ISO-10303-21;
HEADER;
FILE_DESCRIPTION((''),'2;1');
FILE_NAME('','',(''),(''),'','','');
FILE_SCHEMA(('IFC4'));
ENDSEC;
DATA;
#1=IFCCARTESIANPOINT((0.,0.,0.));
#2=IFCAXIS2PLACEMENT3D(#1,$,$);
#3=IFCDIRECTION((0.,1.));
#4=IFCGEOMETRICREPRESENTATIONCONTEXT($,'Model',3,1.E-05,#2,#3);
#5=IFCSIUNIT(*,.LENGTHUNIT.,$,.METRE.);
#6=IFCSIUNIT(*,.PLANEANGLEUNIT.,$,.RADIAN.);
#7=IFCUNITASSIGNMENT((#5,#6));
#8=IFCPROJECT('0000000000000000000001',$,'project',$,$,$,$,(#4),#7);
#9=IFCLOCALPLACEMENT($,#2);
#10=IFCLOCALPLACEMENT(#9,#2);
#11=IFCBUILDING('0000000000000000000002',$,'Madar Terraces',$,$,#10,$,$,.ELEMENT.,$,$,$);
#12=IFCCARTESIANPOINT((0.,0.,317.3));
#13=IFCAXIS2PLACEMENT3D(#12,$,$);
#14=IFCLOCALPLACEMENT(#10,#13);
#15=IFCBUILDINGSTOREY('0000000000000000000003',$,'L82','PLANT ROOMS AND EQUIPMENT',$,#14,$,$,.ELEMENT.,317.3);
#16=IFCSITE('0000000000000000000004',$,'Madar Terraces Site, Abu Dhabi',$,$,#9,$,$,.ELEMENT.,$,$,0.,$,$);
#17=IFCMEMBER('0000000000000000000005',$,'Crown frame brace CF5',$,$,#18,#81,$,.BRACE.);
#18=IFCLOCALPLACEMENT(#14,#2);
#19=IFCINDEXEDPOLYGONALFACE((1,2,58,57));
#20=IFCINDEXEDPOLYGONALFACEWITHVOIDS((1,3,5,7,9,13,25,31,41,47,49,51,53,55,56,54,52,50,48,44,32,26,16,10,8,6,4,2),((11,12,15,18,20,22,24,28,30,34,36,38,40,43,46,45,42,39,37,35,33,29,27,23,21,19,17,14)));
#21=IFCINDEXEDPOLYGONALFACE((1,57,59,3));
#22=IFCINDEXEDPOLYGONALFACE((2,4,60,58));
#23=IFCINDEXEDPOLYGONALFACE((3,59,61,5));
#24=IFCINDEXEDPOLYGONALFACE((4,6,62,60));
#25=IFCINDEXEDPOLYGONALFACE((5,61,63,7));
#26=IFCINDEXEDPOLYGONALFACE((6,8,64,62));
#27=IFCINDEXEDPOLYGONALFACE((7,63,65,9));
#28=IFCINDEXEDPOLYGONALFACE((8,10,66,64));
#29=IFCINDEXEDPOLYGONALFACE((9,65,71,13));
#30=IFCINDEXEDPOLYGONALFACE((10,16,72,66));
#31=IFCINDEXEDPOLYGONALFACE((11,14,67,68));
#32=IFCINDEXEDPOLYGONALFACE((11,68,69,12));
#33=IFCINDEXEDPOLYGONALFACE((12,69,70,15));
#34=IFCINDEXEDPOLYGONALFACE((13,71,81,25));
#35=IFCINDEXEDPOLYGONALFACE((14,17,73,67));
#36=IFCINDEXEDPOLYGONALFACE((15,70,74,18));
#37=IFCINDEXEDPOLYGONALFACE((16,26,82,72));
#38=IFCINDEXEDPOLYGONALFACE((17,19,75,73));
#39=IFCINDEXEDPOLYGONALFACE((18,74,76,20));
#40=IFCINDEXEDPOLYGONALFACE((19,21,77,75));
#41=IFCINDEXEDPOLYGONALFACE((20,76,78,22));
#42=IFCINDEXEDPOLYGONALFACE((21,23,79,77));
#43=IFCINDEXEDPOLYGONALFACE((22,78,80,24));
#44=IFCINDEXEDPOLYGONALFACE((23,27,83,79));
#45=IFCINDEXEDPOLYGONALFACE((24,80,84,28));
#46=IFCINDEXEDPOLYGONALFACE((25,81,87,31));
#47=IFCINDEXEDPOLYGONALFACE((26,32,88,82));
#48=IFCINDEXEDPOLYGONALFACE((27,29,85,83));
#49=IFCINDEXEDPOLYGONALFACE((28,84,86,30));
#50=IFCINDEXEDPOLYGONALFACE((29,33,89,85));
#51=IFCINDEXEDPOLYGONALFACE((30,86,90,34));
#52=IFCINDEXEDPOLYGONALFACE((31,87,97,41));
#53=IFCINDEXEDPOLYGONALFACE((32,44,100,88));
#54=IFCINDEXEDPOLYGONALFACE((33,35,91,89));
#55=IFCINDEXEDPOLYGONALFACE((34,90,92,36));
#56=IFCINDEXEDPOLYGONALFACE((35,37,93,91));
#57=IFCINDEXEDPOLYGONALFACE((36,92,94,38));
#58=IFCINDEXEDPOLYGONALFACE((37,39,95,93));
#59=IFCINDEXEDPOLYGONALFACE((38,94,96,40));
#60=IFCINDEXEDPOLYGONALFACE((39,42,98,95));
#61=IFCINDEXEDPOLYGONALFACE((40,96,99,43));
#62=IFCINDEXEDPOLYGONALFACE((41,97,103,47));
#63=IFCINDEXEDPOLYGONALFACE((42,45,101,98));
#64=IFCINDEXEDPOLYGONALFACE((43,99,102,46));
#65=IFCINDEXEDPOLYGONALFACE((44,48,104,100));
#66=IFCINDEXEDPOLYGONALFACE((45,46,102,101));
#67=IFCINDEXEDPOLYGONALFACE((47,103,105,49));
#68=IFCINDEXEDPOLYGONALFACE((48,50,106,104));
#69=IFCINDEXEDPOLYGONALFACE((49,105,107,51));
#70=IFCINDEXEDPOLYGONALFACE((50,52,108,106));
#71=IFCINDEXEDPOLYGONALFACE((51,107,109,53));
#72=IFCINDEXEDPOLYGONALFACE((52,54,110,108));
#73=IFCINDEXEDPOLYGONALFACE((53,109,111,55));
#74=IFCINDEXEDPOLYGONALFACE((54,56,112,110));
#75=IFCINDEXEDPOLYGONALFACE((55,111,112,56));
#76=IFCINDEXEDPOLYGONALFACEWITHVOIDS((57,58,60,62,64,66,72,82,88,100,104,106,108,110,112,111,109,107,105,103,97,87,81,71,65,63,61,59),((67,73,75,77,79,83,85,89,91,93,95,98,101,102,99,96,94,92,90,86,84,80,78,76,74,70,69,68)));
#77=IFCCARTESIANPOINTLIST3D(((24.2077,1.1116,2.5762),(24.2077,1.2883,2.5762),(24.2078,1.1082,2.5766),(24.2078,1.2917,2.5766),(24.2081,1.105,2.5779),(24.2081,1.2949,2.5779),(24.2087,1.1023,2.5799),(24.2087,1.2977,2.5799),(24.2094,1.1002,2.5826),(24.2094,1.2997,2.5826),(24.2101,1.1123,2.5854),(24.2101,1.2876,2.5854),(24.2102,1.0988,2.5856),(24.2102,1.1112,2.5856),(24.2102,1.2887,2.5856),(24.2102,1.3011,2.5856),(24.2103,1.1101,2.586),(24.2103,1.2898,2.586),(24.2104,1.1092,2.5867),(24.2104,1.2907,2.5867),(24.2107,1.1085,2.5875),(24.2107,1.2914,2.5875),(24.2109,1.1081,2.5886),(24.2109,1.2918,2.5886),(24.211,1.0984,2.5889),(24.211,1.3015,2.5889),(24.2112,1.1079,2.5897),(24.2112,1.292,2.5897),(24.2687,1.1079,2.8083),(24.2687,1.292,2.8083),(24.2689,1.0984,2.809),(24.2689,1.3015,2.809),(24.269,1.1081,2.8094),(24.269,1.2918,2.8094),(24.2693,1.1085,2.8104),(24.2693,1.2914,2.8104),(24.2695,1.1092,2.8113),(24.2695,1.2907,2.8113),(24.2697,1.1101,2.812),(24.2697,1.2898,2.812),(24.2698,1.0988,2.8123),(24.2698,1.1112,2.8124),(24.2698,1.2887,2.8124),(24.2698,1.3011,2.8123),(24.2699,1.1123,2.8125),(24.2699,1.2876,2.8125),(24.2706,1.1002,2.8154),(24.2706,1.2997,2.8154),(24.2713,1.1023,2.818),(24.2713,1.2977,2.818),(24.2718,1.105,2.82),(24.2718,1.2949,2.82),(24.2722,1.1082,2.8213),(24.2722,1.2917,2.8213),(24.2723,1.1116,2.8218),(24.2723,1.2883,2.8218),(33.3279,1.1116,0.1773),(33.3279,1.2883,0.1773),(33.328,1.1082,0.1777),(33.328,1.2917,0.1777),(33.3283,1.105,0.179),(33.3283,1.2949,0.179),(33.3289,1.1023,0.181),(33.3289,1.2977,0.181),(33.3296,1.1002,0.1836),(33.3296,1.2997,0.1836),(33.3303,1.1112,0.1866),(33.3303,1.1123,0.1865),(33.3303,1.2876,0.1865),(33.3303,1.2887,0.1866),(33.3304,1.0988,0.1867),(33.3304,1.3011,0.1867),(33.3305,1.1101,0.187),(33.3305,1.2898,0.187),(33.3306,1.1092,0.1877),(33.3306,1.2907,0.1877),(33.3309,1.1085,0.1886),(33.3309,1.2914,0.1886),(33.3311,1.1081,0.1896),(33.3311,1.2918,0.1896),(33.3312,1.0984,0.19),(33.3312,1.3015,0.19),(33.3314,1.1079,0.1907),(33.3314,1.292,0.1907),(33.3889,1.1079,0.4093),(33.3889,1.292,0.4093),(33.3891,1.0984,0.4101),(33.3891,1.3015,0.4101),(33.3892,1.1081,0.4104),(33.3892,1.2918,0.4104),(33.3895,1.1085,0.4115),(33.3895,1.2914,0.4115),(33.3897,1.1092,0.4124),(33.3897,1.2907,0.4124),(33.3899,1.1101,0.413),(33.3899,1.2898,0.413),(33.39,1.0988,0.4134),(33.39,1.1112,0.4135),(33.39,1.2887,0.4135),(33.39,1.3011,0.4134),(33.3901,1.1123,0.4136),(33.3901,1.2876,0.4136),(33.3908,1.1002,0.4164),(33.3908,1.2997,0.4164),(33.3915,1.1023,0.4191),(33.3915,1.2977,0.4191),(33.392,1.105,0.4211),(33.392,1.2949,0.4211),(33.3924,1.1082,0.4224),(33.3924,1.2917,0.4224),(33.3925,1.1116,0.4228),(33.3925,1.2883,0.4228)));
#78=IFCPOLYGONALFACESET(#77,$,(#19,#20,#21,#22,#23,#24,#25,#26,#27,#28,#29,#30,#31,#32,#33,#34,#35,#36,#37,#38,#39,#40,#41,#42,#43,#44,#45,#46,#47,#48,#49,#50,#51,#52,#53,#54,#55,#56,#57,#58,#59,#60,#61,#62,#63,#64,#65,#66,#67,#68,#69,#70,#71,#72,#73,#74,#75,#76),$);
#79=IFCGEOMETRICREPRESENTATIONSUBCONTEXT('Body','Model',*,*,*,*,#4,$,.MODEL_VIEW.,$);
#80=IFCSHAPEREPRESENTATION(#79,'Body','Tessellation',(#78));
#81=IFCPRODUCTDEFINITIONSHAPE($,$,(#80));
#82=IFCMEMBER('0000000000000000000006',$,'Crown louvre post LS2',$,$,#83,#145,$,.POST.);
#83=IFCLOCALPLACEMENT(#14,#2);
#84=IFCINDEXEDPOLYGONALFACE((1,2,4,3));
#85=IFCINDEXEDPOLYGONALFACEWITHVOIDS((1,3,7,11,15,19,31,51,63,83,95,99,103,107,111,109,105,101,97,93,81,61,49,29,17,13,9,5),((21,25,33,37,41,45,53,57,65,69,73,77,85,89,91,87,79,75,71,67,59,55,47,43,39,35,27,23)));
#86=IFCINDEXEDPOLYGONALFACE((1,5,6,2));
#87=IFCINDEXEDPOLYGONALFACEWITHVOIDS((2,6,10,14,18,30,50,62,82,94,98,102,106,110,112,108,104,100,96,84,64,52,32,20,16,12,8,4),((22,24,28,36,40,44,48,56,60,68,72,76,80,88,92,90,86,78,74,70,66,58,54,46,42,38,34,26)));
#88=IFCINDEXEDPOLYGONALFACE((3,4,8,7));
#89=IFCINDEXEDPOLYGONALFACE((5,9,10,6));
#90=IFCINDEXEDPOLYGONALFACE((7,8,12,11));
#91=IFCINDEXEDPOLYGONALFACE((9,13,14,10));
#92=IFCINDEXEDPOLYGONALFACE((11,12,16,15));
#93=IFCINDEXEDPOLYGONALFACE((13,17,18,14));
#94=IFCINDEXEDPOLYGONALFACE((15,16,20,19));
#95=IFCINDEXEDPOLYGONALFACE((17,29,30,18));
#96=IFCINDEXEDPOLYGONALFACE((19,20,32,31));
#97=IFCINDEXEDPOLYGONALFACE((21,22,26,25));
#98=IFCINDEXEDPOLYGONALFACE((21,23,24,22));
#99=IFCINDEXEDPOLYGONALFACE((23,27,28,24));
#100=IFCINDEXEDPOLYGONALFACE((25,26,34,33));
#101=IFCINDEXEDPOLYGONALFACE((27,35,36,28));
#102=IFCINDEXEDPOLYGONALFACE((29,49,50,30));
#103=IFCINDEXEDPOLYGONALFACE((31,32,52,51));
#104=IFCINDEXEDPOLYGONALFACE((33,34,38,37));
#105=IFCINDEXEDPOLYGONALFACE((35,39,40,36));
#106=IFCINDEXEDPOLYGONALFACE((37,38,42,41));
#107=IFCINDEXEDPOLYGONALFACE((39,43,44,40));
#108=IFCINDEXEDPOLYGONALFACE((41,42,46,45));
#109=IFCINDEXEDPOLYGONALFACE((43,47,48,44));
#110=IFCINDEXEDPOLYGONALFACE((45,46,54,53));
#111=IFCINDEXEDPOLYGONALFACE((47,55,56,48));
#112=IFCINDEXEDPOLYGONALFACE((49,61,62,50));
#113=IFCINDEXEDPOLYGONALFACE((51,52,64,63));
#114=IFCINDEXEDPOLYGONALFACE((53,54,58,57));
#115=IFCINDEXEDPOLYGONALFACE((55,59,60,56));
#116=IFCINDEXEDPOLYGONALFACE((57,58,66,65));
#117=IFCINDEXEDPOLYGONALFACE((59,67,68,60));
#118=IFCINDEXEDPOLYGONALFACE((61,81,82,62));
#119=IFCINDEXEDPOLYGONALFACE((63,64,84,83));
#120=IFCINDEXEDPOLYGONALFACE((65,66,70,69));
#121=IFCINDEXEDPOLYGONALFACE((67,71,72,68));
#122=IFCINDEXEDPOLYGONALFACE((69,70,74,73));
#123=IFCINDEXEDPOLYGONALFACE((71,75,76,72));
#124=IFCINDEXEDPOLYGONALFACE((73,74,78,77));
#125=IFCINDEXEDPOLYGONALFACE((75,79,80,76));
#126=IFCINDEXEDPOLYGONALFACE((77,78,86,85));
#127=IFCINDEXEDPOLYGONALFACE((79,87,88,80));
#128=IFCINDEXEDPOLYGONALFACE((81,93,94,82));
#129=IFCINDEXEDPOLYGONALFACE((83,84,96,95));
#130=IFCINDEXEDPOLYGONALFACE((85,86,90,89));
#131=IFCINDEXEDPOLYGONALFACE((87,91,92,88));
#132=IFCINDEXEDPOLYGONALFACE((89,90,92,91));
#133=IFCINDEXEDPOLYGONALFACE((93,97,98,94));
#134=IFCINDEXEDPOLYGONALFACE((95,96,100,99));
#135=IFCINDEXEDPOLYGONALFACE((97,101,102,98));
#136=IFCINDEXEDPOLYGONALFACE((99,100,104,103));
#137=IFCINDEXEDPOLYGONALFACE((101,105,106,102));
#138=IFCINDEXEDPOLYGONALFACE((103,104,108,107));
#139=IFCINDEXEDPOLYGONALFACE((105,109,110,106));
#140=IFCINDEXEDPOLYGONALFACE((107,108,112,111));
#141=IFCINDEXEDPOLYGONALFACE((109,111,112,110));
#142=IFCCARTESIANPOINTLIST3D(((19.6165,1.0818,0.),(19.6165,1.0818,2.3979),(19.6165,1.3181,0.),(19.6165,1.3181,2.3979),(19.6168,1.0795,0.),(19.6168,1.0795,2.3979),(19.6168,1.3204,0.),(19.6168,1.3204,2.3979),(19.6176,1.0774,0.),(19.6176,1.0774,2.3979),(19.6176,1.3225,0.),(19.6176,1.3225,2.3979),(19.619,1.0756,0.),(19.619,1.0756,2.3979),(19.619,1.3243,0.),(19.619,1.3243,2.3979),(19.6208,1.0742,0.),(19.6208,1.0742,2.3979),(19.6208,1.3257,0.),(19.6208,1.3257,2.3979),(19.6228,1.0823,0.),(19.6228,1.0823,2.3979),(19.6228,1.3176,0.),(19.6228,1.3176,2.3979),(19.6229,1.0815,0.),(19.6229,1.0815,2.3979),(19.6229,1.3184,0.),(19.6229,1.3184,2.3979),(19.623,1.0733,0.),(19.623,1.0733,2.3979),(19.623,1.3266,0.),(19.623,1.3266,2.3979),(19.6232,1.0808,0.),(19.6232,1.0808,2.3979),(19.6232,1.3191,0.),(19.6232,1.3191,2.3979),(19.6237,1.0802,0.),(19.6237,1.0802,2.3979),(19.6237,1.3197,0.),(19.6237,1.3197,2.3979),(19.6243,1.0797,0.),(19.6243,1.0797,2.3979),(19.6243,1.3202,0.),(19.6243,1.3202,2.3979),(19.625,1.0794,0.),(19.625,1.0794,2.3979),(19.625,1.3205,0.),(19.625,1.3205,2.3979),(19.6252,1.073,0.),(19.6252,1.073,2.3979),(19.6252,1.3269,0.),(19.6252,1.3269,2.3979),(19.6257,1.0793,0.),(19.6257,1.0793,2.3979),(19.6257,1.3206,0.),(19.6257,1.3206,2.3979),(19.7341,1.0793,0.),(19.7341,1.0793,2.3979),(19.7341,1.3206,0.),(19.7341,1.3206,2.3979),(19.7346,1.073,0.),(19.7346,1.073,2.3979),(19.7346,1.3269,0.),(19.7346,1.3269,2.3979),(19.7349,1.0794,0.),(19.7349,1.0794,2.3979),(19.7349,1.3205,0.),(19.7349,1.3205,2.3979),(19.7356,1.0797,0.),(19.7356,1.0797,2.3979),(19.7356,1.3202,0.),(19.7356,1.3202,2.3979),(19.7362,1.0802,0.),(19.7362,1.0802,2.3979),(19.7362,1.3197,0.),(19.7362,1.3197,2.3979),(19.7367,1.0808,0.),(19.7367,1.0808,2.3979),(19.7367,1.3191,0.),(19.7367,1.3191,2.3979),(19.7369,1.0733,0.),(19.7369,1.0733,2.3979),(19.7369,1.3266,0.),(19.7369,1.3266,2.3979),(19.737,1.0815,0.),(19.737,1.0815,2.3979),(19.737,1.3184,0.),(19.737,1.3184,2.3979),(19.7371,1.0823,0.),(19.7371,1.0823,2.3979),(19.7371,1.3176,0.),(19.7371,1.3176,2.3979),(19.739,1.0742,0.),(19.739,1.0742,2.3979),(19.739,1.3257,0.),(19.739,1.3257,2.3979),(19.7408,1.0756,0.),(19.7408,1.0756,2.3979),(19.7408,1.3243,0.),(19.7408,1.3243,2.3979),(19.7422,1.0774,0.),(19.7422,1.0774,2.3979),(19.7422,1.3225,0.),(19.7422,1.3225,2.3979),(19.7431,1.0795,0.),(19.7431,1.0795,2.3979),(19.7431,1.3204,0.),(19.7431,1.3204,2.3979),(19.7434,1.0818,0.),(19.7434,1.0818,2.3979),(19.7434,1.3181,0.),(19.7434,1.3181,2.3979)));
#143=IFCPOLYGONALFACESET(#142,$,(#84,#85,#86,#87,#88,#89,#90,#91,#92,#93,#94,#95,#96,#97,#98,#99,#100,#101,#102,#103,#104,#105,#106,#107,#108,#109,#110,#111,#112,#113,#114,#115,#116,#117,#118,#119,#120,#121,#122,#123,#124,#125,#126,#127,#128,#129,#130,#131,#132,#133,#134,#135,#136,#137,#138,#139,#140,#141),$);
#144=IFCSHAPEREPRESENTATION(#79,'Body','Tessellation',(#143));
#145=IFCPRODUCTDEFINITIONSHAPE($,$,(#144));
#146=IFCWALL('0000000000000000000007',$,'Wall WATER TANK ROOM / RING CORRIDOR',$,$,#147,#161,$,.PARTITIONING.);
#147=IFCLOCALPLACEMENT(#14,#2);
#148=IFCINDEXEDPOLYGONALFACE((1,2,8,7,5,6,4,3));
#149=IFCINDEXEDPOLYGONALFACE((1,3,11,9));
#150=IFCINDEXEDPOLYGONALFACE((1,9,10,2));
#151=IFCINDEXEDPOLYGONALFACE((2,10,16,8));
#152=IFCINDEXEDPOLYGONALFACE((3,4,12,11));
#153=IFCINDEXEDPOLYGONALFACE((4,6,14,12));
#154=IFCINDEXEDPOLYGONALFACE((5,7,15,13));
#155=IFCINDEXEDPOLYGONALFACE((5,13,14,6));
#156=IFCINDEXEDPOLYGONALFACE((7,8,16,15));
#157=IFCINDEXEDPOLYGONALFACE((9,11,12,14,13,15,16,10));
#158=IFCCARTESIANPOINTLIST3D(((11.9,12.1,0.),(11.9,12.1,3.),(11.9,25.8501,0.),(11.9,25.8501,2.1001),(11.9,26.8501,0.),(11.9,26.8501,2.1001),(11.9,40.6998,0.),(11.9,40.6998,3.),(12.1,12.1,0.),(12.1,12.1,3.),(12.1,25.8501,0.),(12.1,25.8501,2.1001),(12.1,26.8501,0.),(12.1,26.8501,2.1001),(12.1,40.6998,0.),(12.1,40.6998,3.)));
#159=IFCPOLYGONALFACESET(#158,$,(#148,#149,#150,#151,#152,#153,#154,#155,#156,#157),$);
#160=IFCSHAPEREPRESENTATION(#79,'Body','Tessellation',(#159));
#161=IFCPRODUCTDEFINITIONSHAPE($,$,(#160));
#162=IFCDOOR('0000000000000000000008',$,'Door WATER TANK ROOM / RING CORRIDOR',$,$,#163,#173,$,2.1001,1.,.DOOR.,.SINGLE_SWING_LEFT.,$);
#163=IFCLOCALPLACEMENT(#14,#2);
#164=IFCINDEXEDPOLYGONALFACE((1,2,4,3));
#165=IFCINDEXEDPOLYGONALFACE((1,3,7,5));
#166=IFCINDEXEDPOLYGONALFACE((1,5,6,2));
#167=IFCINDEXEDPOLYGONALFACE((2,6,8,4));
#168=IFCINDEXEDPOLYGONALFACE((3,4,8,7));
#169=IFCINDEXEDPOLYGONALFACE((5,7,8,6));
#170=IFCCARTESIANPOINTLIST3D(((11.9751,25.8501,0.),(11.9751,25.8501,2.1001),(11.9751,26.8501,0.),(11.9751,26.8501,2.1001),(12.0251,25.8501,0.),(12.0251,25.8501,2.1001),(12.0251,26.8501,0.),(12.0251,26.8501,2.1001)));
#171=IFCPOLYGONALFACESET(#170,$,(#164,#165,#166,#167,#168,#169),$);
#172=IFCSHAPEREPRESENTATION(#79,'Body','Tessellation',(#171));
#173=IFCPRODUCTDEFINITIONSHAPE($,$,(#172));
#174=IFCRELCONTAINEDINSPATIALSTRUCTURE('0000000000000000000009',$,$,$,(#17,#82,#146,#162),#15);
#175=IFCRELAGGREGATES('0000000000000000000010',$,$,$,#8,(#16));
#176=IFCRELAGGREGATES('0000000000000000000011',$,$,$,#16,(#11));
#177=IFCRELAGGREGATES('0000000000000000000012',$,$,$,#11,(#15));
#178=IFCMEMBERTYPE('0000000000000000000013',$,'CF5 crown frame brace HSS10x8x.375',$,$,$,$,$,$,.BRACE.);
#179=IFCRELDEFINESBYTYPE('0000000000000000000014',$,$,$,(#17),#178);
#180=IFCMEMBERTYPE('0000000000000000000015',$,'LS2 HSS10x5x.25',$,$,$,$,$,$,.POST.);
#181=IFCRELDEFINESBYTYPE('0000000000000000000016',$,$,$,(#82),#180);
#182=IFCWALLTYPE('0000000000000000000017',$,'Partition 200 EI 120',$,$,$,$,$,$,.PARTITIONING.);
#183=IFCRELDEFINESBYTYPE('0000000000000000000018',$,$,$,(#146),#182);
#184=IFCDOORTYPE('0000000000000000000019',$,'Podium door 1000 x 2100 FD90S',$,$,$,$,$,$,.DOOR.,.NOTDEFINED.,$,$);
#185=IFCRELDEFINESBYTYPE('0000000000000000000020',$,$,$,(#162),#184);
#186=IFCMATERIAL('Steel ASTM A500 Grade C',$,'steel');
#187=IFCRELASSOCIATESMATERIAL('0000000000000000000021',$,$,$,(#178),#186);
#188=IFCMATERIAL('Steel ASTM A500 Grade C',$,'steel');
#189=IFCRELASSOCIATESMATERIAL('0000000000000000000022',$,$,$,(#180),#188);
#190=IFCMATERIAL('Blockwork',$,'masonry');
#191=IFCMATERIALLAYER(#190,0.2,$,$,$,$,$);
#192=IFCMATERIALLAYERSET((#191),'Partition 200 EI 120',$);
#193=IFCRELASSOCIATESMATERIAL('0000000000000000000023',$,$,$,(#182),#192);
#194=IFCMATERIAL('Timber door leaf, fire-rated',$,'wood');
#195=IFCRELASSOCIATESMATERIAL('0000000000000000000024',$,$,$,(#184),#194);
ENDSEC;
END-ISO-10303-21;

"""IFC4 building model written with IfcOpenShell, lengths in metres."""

from ifc_helpers import new_model, si_unit, direction, frame, frame_2d, origin, origin_2d, place, context, subcontext, project, spatial, rectangle, hollow_rectangle, extrude, material, layer, layer_set, material_profile, profile_set, type_object, element, fill, save


model = new_model("IFC4")

# Units and contexts
model_context = context("Model", 3, precision=1e-05, world=origin(), true_north=direction((0.0, 1.0)))
body_context = subcontext(model_context, "Body", "Model", "MODEL_VIEW")
ifc_project = project(units=[si_unit("LENGTHUNIT", "METRE"), si_unit("PLANEANGLEUNIT", "RADIAN")], contexts=[model_context])

# Site, building, storey
site_placement = place(None, origin())
site = spatial("IfcSite", under=ifc_project, at=site_placement, Name="Madar Terraces Site, Abu Dhabi", CompositionType="ELEMENT", RefElevation=0.0)
building_placement = place(site_placement, origin())
building = spatial("IfcBuilding", under=site, at=building_placement, Name="Madar Terraces", CompositionType="ELEMENT")
storey_placement = place(building_placement, frame((0.0, 0.0, 317.3)))
storey = spatial("IfcBuildingStorey", under=building, at=storey_placement, Name="L82", Description="PLANT ROOMS AND EQUIPMENT", CompositionType="ELEMENT", Elevation=317.3)

# Members
ifc_material_1 = material(Name="Steel ASTM A500 Grade C", Category="steel")
ifc_material_profile_1 = material_profile(ifc_material_1, hollow_rectangle(XDim=0.2031, YDim=0.2539, WallThickness=0.0095, InnerFilletRadius=0.0044, OuterFilletRadius=0.0132, at=origin_2d()), Name="HSS10x8x.375")
ifc_profile_set_1 = profile_set([ifc_material_profile_1], Name="Steel ASTM A500 Grade C")
member_type_1 = type_object("IfcMemberType", Name="CF5 crown frame brace HSS10x8x.375", PredefinedType="BRACE", material=ifc_profile_set_1)
member_1_placement = place(storey_placement, frame((24.24, 1.2, 2.699), z_axis=(0.967103, 0.0, -0.254384), x_axis=(0.0, 1.0, 0.0)))
element("IfcMember", 1, at=member_1_placement, inside=storey, type_object=member_type_1, Name="Crown frame brace CF5", PredefinedType="BRACE", context=body_context, shape_type="SweptSolid", body=[
    extrude(hollow_rectangle(XDim=0.2031, YDim=0.2539, WallThickness=0.0095, InnerFilletRadius=0.0044, OuterFilletRadius=0.0132, at=origin_2d()), origin(), (0.0, 0.0, 1.0), 9.4304),
])
ifc_material_2 = material(Name="Steel ASTM A500 Grade C", Category="steel")
ifc_material_profile_2 = material_profile(ifc_material_2, hollow_rectangle(XDim=0.127, YDim=0.2539, WallThickness=0.0063, InnerFilletRadius=0.0029, OuterFilletRadius=0.0088, at=origin_2d()), Name="HSS10x5x.25")
ifc_profile_set_2 = profile_set([ifc_material_profile_2], Name="Steel ASTM A500 Grade C")
member_type_2 = type_object("IfcMemberType", Name="LS2 HSS10x5x.25", PredefinedType="POST", material=ifc_profile_set_2)
member_2_placement = place(storey_placement, frame((19.6799, 1.2, 0.0), z_axis=(0.0, 0.0, 1.0), x_axis=(1.0, 0.0, 0.0)))
element("IfcMember", 2, at=member_2_placement, inside=storey, type_object=member_type_2, Name="Crown louvre post LS2", PredefinedType="POST", context=body_context, shape_type="SweptSolid", body=[
    extrude(hollow_rectangle(XDim=0.127, YDim=0.2539, WallThickness=0.0063, InnerFilletRadius=0.0029, OuterFilletRadius=0.0088, at=origin_2d()), origin(), (0.0, 0.0, 1.0), 2.3979),
])

# Wall, opening, door
ifc_material_3 = material(Name="Blockwork", Category="masonry")
ifc_layer = layer(ifc_material_3, 0.2)
ifc_layer_set = layer_set([ifc_layer], Name="Partition 200 EI 120")
wall_type = type_object("IfcWallType", Name="Partition 200 EI 120", PredefinedType="PARTITIONING", material=ifc_layer_set)
wall_placement = place(storey_placement, frame((12.0, 12.1001, 0.0), z_axis=(0.0, 0.0, 1.0), x_axis=(0.0, 1.0, 0.0)))
wall = element("IfcWall", 3, at=wall_placement, inside=storey, type_object=wall_type, Name="Wall WATER TANK ROOM / RING CORRIDOR", PredefinedType="PARTITIONING", context=body_context, shape_type="SweptSolid", body=[
    extrude(rectangle(XDim=28.5999, YDim=0.2, at=frame_2d((14.2998, 0.0))), origin(), (0.0, 0.0, 1.0), 3.0),
])
opening_placement = place(wall_placement, frame((13.75, 0.0, 0.0)))
opening = element("IfcOpeningElement", 4, at=opening_placement, cuts=wall, PredefinedType="OPENING", context=body_context, shape_type="SweptSolid", body=[
    extrude(rectangle(XDim=1.0, YDim=2.1001, at=frame_2d((0.5, 1.05))), frame((0.0, 0.1099, 0.0), z_axis=(0.0, -1.0, 0.0), x_axis=(1.0, 0.0, 0.0)), (0.0, 0.0, 1.0), 0.22),
])
ifc_material_4 = material(Name="Timber door leaf, fire-rated", Category="wood")
door_type = type_object("IfcDoorType", Name="Podium door 1000 x 2100 FD90S", OperationType="NOTDEFINED", PredefinedType="DOOR", material=ifc_material_4)
door_placement = place(opening_placement, origin())
door = element("IfcDoor", 5, at=door_placement, inside=storey, type_object=door_type, Name="Door WATER TANK ROOM / RING CORRIDOR", OperationType="SINGLE_SWING_LEFT", OverallHeight=2.1001, OverallWidth=1.0, PredefinedType="DOOR", context=body_context, shape_type="SweptSolid", body=[
    extrude(rectangle(XDim=1.0, YDim=2.1001, at=frame_2d((0.5, 1.05))), frame((0.0, 0.0249, 0.0), z_axis=(0.0, -1.0, 0.0), x_axis=(1.0, 0.0, 0.0)), (0.0, 0.0, 1.0), 0.05),
])
fill(opening, door)

save(model, "model.ifc")
